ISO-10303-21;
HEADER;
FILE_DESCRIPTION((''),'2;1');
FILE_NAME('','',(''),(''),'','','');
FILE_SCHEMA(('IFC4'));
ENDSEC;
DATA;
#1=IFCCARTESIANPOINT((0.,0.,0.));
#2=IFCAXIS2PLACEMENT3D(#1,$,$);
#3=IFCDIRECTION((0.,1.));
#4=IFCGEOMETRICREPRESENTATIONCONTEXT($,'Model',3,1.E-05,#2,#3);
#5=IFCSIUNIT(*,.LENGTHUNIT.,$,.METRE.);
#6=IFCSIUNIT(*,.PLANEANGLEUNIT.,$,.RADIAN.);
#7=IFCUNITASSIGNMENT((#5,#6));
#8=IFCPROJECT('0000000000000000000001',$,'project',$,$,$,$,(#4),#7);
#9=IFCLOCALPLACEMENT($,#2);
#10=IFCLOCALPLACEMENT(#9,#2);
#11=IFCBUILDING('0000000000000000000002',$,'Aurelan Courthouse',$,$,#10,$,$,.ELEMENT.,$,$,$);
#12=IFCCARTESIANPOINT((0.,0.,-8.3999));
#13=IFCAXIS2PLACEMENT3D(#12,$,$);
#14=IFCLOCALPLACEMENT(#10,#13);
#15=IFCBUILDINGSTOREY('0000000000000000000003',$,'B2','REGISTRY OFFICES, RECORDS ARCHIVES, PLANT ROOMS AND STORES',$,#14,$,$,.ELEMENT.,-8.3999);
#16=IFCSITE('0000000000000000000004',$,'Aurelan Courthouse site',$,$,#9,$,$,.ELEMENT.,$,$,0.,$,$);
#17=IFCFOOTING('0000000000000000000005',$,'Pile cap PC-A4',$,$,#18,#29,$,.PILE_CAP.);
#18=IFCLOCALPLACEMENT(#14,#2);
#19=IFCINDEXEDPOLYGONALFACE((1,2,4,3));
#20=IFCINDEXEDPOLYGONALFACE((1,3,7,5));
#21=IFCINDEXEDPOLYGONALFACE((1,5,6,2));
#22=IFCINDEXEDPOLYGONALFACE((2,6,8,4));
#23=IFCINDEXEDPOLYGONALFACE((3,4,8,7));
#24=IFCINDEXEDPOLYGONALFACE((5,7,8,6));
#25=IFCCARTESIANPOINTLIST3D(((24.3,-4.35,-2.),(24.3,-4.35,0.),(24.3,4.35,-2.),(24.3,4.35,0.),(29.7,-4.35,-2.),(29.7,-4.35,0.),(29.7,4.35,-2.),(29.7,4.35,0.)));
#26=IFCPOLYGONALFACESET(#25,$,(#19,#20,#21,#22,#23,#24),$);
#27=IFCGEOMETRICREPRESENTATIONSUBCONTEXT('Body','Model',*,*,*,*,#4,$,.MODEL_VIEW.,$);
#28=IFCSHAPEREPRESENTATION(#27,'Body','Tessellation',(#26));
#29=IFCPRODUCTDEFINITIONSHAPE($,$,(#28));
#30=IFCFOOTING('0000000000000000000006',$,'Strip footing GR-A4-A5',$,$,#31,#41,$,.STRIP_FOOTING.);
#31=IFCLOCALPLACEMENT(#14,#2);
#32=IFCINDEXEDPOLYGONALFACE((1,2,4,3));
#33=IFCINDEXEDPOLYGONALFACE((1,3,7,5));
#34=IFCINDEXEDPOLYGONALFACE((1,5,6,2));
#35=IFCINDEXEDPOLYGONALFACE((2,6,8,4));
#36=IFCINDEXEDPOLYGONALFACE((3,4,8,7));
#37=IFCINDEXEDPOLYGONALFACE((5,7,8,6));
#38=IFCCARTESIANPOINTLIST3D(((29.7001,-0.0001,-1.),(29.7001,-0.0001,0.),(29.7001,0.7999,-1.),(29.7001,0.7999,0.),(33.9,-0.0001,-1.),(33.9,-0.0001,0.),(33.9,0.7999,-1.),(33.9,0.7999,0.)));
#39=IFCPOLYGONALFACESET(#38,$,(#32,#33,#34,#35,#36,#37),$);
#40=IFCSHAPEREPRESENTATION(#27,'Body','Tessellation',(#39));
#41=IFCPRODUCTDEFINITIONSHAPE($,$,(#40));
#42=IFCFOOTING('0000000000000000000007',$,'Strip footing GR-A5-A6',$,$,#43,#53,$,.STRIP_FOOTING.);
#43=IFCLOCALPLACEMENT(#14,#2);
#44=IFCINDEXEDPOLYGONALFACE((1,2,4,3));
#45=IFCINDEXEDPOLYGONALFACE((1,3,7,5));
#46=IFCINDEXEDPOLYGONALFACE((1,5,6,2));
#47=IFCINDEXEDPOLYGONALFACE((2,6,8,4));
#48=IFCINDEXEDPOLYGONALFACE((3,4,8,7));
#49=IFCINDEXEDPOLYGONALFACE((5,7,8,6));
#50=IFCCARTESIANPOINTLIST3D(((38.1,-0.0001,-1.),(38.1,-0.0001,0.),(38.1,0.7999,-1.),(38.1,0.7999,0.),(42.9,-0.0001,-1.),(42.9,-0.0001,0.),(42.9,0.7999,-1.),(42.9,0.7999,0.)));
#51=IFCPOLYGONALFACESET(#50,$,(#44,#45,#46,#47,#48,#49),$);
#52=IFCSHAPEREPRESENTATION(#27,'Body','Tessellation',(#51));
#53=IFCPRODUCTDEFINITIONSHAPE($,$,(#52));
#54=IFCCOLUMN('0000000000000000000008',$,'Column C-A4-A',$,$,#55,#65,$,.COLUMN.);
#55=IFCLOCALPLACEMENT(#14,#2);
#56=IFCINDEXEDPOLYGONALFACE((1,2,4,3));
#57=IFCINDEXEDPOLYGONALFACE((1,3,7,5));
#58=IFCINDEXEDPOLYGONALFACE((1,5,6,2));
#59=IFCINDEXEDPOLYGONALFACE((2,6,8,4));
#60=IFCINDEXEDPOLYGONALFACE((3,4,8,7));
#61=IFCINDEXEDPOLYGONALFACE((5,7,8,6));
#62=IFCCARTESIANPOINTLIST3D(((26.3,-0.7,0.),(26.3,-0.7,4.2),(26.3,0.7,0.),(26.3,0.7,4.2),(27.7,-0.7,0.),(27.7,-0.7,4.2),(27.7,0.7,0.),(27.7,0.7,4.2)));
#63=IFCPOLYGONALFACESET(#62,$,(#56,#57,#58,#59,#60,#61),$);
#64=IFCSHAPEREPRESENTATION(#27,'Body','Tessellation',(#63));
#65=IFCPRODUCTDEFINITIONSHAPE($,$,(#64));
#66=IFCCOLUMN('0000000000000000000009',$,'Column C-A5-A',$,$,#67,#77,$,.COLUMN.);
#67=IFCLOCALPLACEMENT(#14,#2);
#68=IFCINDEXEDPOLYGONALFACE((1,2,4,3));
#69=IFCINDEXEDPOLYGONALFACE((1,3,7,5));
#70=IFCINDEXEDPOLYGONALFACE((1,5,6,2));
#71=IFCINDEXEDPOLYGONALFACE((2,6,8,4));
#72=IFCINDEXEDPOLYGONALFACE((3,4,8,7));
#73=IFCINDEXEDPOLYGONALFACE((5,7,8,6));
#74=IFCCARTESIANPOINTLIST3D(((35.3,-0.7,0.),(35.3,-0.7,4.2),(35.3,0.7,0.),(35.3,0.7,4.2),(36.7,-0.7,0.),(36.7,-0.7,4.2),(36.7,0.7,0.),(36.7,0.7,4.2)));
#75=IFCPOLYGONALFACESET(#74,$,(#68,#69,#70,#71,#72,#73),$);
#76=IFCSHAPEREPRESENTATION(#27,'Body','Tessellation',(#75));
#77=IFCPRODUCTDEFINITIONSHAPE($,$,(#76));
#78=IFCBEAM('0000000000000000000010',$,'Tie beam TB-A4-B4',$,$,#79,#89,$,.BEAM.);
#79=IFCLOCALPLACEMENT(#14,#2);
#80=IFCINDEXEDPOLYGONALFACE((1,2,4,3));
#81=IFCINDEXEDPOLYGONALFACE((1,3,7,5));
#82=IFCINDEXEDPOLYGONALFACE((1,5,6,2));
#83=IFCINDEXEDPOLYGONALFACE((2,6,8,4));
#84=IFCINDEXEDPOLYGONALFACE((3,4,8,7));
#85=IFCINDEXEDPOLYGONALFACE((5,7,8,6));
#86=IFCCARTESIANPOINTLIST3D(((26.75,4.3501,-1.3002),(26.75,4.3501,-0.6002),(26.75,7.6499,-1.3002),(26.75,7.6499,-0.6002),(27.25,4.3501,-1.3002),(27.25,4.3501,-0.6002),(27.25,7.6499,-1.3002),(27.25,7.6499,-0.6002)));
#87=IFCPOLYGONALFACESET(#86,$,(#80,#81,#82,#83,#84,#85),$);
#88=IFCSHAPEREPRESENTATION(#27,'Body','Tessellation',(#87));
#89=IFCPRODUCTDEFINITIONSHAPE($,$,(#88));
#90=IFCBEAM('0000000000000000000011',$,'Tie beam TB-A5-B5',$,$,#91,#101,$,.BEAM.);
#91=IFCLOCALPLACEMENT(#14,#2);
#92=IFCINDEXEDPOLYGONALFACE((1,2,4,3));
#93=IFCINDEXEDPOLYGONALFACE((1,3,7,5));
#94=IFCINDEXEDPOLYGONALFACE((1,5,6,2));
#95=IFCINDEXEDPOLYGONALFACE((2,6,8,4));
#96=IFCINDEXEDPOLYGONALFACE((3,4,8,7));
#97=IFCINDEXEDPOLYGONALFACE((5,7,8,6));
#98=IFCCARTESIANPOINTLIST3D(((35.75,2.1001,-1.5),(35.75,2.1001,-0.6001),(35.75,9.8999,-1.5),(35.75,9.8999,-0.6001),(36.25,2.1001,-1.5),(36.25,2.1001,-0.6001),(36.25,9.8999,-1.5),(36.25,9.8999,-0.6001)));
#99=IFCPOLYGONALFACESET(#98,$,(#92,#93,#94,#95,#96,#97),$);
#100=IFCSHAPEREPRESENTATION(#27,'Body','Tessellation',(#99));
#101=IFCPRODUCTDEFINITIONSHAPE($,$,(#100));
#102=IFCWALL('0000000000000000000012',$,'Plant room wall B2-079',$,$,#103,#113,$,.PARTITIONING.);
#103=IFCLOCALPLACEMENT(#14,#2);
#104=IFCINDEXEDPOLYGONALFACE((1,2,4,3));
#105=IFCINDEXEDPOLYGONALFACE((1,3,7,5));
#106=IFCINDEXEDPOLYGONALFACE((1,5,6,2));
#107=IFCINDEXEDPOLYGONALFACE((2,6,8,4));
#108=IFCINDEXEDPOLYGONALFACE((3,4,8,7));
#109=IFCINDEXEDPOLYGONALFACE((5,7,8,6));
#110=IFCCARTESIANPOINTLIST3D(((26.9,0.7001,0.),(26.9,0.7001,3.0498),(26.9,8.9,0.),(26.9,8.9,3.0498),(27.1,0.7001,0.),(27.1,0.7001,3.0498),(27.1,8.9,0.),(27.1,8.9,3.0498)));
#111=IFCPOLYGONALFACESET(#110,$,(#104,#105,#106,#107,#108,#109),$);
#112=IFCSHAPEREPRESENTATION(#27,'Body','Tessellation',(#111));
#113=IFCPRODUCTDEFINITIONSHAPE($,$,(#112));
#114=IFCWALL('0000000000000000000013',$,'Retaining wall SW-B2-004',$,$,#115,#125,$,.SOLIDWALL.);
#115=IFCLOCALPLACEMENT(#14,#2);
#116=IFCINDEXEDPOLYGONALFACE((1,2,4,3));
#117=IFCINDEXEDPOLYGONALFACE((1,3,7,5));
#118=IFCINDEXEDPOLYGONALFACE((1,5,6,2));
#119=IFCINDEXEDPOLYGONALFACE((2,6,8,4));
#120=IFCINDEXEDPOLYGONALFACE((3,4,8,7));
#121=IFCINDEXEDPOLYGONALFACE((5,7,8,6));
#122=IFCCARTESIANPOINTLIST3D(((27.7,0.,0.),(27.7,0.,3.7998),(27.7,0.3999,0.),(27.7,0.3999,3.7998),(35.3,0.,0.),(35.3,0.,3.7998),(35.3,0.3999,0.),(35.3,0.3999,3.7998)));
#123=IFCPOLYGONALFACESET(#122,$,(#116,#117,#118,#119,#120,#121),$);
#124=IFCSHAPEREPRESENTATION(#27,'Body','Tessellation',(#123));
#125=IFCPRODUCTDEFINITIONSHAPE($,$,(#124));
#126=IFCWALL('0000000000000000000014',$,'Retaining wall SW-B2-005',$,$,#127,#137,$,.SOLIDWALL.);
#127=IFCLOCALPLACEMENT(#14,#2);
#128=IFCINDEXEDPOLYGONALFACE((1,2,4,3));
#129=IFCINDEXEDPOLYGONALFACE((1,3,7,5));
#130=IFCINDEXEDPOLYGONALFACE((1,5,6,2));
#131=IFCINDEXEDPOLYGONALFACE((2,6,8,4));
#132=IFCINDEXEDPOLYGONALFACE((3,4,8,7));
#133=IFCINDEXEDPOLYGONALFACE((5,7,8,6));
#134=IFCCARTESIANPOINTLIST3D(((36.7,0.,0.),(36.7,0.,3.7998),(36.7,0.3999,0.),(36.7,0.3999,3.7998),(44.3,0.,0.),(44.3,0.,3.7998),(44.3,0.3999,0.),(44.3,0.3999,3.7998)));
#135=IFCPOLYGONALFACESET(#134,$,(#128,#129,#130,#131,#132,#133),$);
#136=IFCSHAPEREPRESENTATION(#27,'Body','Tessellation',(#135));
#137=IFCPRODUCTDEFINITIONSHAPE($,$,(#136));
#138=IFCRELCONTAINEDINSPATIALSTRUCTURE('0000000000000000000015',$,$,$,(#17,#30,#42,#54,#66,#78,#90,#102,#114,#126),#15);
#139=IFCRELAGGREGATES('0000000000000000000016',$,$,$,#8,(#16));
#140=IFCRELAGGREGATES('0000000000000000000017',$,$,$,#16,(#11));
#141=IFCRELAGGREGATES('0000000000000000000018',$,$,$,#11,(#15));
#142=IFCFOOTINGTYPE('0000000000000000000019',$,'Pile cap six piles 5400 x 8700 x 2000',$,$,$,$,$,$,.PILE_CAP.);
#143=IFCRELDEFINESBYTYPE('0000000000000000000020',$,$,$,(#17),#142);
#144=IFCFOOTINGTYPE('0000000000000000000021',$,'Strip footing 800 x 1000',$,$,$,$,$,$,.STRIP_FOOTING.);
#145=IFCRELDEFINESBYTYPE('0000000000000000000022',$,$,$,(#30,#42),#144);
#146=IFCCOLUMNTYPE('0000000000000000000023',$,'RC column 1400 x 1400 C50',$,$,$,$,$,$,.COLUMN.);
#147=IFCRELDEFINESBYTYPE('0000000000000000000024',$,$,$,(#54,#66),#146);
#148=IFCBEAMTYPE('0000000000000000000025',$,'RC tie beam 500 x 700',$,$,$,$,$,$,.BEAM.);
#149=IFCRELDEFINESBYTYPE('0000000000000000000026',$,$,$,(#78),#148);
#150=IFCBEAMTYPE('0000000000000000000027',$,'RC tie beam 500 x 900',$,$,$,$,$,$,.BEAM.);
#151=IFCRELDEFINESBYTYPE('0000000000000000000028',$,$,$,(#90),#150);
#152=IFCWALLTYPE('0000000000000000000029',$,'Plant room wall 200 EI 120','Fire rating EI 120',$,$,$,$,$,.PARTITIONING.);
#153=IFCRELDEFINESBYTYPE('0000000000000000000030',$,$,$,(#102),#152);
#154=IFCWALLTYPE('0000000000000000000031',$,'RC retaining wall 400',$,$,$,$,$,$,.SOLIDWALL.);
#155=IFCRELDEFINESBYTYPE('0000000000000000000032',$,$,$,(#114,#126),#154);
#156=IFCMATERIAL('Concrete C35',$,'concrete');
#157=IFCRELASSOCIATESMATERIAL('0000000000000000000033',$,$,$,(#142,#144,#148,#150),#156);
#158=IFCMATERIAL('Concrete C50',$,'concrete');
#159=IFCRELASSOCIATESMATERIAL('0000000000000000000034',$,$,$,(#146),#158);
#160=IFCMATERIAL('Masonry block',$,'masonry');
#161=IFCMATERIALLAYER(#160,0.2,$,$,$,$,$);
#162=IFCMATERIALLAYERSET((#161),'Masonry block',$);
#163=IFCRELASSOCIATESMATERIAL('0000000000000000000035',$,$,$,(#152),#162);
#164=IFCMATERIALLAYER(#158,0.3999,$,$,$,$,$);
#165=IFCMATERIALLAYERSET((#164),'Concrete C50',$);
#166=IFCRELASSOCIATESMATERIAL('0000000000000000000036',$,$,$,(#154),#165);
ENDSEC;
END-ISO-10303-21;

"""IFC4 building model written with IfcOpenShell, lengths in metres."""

from ifc_helpers import new_model, si_unit, direction, frame, frame_2d, origin, origin_2d, place, context, subcontext, project, spatial, rectangle, extrude, material, layer, layer_set, material_profile, profile_set, type_object, element, save


model = new_model("IFC4")

# Units and contexts
model_context = context("Model", 3, precision=1e-05, world=origin(), true_north=direction((0.0, 1.0)))
body_context = subcontext(model_context, "Body", "Model", "MODEL_VIEW")
ifc_project = project(units=[si_unit("LENGTHUNIT", "METRE"), si_unit("PLANEANGLEUNIT", "RADIAN")], contexts=[model_context])

# Site, building, storey
site_placement = place(None, origin())
site = spatial("IfcSite", under=ifc_project, at=site_placement, Name="Aurelan Courthouse site", CompositionType="ELEMENT", RefElevation=0.0)
building_placement = place(site_placement, origin())
building = spatial("IfcBuilding", under=site, at=building_placement, Name="Aurelan Courthouse", CompositionType="ELEMENT")
storey_placement = place(building_placement, frame((0.0, 0.0, -8.3999)))
storey = spatial("IfcBuildingStorey", under=building, at=storey_placement, Name="B2", Description="REGISTRY OFFICES, RECORDS ARCHIVES, PLANT ROOMS AND STORES", CompositionType="ELEMENT", Elevation=-8.3999)

# Shared definitions
ifc_material_1 = material(Name="Concrete C35", Category="concrete")

# Footings
footing_type_1 = type_object("IfcFootingType", Name="Pile cap six piles 5400 x 8700 x 2000", PredefinedType="PILE_CAP", material=ifc_material_1)
footing_1_placement = place(storey_placement, frame((27.0, 0.0, -2.0), z_axis=(0.0, 0.0, 1.0), x_axis=(1.0, 0.0, 0.0)))
element("IfcFooting", 1, at=footing_1_placement, inside=storey, type_object=footing_type_1, Name="Pile cap PC-A4", PredefinedType="PILE_CAP", context=body_context, shape_type="SweptSolid", body=[
    extrude(rectangle(XDim=5.3999, YDim=8.7, at=origin_2d()), origin(), (0.0, 0.0, 1.0), 2.0),
])
footing_type_2 = type_object("IfcFootingType", Name="Strip footing 800 x 1000", PredefinedType="STRIP_FOOTING", material=ifc_material_1)
footing_2_placement = place(storey_placement, frame((31.8, 0.3999, -1.0), z_axis=(0.0, 0.0, 1.0), x_axis=(1.0, 0.0, 0.0)))
element("IfcFooting", 2, at=footing_2_placement, inside=storey, type_object=footing_type_2, Name="Strip footing GR-A4-A5", PredefinedType="STRIP_FOOTING", context=body_context, shape_type="SweptSolid", body=[
    extrude(rectangle(XDim=4.2, YDim=0.8, at=origin_2d()), origin(), (0.0, 0.0, 1.0), 1.0),
])
footing_3_placement = place(storey_placement, frame((40.5, 0.3999, -1.0), z_axis=(0.0, 0.0, 1.0), x_axis=(1.0, 0.0, 0.0)))
element("IfcFooting", 3, at=footing_3_placement, inside=storey, type_object=footing_type_2, Name="Strip footing GR-A5-A6", PredefinedType="STRIP_FOOTING", context=body_context, shape_type="SweptSolid", body=[
    extrude(rectangle(XDim=4.8, YDim=0.8, at=origin_2d()), origin(), (0.0, 0.0, 1.0), 1.0),
])

# Columns
ifc_material_2 = material(Name="Concrete C50", Category="concrete")
ifc_material_profile_1 = material_profile(ifc_material_2, rectangle(XDim=1.3999, YDim=1.3999, at=origin_2d()), Name="RC 1400 x 1400")
ifc_profile_set_1 = profile_set([ifc_material_profile_1], Name="Concrete C50")
column_type = type_object("IfcColumnType", Name="RC column 1400 x 1400 C50", PredefinedType="COLUMN", material=ifc_profile_set_1)
for number, where, z_axis, x_axis, name in (
    (4, (27.0, 0.0, 0.0), (0.0, 0.0, 1.0), (1.0, 0.0, 0.0), "Column C-A4-A"),
    (5, (36.0, 0.0, 0.0), (0.0, 0.0, 1.0), (1.0, 0.0, 0.0), "Column C-A5-A"),
):
    element("IfcColumn", number, at=place(storey_placement, frame(where, z_axis=z_axis, x_axis=x_axis)), inside=storey, type_object=column_type, Name=name, PredefinedType="COLUMN", context=body_context, shape_type="SweptSolid", body=[
        extrude(rectangle(XDim=1.3999, YDim=1.3999, at=origin_2d()), origin(), (0.0, 0.0, 1.0), 4.2),
    ])

# Beams
ifc_material_profile_2 = material_profile(ifc_material_1, rectangle(XDim=0.5, YDim=0.7, at=origin_2d()), Name="RC 500 x 700")
ifc_profile_set_2 = profile_set([ifc_material_profile_2], Name="Concrete C35")
beam_type_1 = type_object("IfcBeamType", Name="RC tie beam 500 x 700", PredefinedType="BEAM", material=ifc_profile_set_2)
beam_1_placement = place(storey_placement, frame((27.0, 4.3501, -0.9502), z_axis=(0.0, 1.0, 0.0), x_axis=(-1.0, 0.0, 0.0)))
element("IfcBeam", 6, at=beam_1_placement, inside=storey, type_object=beam_type_1, Name="Tie beam TB-A4-B4", PredefinedType="BEAM", context=body_context, shape_type="SweptSolid", body=[
    extrude(rectangle(XDim=0.5, YDim=0.7, at=origin_2d()), origin(), (0.0, 0.0, 1.0), 3.2998),
])
ifc_material_profile_3 = material_profile(ifc_material_1, rectangle(XDim=0.5, YDim=0.8999, at=origin_2d()), Name="RC 500 x 900")
ifc_profile_set_3 = profile_set([ifc_material_profile_3], Name="Concrete C35")
beam_type_2 = type_object("IfcBeamType", Name="RC tie beam 500 x 900", PredefinedType="BEAM", material=ifc_profile_set_3)
beam_2_placement = place(storey_placement, frame((36.0, 2.1001, -1.05), z_axis=(0.0, 1.0, 0.0), x_axis=(-1.0, 0.0, 0.0)))
element("IfcBeam", 7, at=beam_2_placement, inside=storey, type_object=beam_type_2, Name="Tie beam TB-A5-B5", PredefinedType="BEAM", context=body_context, shape_type="SweptSolid", body=[
    extrude(rectangle(XDim=0.5, YDim=0.8999, at=origin_2d()), origin(), (0.0, 0.0, 1.0), 7.7998),
])

# Walls
ifc_material_3 = material(Name="Masonry block", Category="masonry")
ifc_layer_1 = layer(ifc_material_3, 0.2)
ifc_layer_set_1 = layer_set([ifc_layer_1], Name="Masonry block")
wall_type_1 = type_object("IfcWallType", Name="Plant room wall 200 EI 120", Description="Fire rating EI 120", PredefinedType="PARTITIONING", material=ifc_layer_set_1)
wall_placement = place(storey_placement, frame((27.0, 0.7, 0.0), z_axis=(0.0, 0.0, 1.0), x_axis=(0.0, 1.0, 0.0)))
element("IfcWall", 8, at=wall_placement, inside=storey, type_object=wall_type_1, Name="Plant room wall B2-079", PredefinedType="PARTITIONING", context=body_context, shape_type="SweptSolid", body=[
    extrude(rectangle(XDim=8.2, YDim=0.2, at=frame_2d((4.1001, 0.0))), origin(), (0.0, 0.0, 1.0), 3.0498),
])
ifc_layer_2 = layer(ifc_material_2, 0.3999)
ifc_layer_set_2 = layer_set([ifc_layer_2], Name="Concrete C50")
wall_type_2 = type_object("IfcWallType", Name="RC retaining wall 400", PredefinedType="SOLIDWALL", material=ifc_layer_set_2)
for number, where, z_axis, x_axis, name in (
    (9, (27.7, 0.2, 0.0), (0.0, 0.0, 1.0), (1.0, 0.0, 0.0), "Retaining wall SW-B2-004"),
    (10, (36.7, 0.2, 0.0), (0.0, 0.0, 1.0), (1.0, 0.0, 0.0), "Retaining wall SW-B2-005"),
):
    element("IfcWall", number, at=place(storey_placement, frame(where, z_axis=z_axis, x_axis=x_axis)), inside=storey, type_object=wall_type_2, Name=name, PredefinedType="SOLIDWALL", context=body_context, shape_type="SweptSolid", body=[
        extrude(rectangle(XDim=7.6001, YDim=0.3999, at=frame_2d((3.8, 0.0))), origin(), (0.0, 0.0, 1.0), 3.7998),
    ])

save(model, "model.ifc")
